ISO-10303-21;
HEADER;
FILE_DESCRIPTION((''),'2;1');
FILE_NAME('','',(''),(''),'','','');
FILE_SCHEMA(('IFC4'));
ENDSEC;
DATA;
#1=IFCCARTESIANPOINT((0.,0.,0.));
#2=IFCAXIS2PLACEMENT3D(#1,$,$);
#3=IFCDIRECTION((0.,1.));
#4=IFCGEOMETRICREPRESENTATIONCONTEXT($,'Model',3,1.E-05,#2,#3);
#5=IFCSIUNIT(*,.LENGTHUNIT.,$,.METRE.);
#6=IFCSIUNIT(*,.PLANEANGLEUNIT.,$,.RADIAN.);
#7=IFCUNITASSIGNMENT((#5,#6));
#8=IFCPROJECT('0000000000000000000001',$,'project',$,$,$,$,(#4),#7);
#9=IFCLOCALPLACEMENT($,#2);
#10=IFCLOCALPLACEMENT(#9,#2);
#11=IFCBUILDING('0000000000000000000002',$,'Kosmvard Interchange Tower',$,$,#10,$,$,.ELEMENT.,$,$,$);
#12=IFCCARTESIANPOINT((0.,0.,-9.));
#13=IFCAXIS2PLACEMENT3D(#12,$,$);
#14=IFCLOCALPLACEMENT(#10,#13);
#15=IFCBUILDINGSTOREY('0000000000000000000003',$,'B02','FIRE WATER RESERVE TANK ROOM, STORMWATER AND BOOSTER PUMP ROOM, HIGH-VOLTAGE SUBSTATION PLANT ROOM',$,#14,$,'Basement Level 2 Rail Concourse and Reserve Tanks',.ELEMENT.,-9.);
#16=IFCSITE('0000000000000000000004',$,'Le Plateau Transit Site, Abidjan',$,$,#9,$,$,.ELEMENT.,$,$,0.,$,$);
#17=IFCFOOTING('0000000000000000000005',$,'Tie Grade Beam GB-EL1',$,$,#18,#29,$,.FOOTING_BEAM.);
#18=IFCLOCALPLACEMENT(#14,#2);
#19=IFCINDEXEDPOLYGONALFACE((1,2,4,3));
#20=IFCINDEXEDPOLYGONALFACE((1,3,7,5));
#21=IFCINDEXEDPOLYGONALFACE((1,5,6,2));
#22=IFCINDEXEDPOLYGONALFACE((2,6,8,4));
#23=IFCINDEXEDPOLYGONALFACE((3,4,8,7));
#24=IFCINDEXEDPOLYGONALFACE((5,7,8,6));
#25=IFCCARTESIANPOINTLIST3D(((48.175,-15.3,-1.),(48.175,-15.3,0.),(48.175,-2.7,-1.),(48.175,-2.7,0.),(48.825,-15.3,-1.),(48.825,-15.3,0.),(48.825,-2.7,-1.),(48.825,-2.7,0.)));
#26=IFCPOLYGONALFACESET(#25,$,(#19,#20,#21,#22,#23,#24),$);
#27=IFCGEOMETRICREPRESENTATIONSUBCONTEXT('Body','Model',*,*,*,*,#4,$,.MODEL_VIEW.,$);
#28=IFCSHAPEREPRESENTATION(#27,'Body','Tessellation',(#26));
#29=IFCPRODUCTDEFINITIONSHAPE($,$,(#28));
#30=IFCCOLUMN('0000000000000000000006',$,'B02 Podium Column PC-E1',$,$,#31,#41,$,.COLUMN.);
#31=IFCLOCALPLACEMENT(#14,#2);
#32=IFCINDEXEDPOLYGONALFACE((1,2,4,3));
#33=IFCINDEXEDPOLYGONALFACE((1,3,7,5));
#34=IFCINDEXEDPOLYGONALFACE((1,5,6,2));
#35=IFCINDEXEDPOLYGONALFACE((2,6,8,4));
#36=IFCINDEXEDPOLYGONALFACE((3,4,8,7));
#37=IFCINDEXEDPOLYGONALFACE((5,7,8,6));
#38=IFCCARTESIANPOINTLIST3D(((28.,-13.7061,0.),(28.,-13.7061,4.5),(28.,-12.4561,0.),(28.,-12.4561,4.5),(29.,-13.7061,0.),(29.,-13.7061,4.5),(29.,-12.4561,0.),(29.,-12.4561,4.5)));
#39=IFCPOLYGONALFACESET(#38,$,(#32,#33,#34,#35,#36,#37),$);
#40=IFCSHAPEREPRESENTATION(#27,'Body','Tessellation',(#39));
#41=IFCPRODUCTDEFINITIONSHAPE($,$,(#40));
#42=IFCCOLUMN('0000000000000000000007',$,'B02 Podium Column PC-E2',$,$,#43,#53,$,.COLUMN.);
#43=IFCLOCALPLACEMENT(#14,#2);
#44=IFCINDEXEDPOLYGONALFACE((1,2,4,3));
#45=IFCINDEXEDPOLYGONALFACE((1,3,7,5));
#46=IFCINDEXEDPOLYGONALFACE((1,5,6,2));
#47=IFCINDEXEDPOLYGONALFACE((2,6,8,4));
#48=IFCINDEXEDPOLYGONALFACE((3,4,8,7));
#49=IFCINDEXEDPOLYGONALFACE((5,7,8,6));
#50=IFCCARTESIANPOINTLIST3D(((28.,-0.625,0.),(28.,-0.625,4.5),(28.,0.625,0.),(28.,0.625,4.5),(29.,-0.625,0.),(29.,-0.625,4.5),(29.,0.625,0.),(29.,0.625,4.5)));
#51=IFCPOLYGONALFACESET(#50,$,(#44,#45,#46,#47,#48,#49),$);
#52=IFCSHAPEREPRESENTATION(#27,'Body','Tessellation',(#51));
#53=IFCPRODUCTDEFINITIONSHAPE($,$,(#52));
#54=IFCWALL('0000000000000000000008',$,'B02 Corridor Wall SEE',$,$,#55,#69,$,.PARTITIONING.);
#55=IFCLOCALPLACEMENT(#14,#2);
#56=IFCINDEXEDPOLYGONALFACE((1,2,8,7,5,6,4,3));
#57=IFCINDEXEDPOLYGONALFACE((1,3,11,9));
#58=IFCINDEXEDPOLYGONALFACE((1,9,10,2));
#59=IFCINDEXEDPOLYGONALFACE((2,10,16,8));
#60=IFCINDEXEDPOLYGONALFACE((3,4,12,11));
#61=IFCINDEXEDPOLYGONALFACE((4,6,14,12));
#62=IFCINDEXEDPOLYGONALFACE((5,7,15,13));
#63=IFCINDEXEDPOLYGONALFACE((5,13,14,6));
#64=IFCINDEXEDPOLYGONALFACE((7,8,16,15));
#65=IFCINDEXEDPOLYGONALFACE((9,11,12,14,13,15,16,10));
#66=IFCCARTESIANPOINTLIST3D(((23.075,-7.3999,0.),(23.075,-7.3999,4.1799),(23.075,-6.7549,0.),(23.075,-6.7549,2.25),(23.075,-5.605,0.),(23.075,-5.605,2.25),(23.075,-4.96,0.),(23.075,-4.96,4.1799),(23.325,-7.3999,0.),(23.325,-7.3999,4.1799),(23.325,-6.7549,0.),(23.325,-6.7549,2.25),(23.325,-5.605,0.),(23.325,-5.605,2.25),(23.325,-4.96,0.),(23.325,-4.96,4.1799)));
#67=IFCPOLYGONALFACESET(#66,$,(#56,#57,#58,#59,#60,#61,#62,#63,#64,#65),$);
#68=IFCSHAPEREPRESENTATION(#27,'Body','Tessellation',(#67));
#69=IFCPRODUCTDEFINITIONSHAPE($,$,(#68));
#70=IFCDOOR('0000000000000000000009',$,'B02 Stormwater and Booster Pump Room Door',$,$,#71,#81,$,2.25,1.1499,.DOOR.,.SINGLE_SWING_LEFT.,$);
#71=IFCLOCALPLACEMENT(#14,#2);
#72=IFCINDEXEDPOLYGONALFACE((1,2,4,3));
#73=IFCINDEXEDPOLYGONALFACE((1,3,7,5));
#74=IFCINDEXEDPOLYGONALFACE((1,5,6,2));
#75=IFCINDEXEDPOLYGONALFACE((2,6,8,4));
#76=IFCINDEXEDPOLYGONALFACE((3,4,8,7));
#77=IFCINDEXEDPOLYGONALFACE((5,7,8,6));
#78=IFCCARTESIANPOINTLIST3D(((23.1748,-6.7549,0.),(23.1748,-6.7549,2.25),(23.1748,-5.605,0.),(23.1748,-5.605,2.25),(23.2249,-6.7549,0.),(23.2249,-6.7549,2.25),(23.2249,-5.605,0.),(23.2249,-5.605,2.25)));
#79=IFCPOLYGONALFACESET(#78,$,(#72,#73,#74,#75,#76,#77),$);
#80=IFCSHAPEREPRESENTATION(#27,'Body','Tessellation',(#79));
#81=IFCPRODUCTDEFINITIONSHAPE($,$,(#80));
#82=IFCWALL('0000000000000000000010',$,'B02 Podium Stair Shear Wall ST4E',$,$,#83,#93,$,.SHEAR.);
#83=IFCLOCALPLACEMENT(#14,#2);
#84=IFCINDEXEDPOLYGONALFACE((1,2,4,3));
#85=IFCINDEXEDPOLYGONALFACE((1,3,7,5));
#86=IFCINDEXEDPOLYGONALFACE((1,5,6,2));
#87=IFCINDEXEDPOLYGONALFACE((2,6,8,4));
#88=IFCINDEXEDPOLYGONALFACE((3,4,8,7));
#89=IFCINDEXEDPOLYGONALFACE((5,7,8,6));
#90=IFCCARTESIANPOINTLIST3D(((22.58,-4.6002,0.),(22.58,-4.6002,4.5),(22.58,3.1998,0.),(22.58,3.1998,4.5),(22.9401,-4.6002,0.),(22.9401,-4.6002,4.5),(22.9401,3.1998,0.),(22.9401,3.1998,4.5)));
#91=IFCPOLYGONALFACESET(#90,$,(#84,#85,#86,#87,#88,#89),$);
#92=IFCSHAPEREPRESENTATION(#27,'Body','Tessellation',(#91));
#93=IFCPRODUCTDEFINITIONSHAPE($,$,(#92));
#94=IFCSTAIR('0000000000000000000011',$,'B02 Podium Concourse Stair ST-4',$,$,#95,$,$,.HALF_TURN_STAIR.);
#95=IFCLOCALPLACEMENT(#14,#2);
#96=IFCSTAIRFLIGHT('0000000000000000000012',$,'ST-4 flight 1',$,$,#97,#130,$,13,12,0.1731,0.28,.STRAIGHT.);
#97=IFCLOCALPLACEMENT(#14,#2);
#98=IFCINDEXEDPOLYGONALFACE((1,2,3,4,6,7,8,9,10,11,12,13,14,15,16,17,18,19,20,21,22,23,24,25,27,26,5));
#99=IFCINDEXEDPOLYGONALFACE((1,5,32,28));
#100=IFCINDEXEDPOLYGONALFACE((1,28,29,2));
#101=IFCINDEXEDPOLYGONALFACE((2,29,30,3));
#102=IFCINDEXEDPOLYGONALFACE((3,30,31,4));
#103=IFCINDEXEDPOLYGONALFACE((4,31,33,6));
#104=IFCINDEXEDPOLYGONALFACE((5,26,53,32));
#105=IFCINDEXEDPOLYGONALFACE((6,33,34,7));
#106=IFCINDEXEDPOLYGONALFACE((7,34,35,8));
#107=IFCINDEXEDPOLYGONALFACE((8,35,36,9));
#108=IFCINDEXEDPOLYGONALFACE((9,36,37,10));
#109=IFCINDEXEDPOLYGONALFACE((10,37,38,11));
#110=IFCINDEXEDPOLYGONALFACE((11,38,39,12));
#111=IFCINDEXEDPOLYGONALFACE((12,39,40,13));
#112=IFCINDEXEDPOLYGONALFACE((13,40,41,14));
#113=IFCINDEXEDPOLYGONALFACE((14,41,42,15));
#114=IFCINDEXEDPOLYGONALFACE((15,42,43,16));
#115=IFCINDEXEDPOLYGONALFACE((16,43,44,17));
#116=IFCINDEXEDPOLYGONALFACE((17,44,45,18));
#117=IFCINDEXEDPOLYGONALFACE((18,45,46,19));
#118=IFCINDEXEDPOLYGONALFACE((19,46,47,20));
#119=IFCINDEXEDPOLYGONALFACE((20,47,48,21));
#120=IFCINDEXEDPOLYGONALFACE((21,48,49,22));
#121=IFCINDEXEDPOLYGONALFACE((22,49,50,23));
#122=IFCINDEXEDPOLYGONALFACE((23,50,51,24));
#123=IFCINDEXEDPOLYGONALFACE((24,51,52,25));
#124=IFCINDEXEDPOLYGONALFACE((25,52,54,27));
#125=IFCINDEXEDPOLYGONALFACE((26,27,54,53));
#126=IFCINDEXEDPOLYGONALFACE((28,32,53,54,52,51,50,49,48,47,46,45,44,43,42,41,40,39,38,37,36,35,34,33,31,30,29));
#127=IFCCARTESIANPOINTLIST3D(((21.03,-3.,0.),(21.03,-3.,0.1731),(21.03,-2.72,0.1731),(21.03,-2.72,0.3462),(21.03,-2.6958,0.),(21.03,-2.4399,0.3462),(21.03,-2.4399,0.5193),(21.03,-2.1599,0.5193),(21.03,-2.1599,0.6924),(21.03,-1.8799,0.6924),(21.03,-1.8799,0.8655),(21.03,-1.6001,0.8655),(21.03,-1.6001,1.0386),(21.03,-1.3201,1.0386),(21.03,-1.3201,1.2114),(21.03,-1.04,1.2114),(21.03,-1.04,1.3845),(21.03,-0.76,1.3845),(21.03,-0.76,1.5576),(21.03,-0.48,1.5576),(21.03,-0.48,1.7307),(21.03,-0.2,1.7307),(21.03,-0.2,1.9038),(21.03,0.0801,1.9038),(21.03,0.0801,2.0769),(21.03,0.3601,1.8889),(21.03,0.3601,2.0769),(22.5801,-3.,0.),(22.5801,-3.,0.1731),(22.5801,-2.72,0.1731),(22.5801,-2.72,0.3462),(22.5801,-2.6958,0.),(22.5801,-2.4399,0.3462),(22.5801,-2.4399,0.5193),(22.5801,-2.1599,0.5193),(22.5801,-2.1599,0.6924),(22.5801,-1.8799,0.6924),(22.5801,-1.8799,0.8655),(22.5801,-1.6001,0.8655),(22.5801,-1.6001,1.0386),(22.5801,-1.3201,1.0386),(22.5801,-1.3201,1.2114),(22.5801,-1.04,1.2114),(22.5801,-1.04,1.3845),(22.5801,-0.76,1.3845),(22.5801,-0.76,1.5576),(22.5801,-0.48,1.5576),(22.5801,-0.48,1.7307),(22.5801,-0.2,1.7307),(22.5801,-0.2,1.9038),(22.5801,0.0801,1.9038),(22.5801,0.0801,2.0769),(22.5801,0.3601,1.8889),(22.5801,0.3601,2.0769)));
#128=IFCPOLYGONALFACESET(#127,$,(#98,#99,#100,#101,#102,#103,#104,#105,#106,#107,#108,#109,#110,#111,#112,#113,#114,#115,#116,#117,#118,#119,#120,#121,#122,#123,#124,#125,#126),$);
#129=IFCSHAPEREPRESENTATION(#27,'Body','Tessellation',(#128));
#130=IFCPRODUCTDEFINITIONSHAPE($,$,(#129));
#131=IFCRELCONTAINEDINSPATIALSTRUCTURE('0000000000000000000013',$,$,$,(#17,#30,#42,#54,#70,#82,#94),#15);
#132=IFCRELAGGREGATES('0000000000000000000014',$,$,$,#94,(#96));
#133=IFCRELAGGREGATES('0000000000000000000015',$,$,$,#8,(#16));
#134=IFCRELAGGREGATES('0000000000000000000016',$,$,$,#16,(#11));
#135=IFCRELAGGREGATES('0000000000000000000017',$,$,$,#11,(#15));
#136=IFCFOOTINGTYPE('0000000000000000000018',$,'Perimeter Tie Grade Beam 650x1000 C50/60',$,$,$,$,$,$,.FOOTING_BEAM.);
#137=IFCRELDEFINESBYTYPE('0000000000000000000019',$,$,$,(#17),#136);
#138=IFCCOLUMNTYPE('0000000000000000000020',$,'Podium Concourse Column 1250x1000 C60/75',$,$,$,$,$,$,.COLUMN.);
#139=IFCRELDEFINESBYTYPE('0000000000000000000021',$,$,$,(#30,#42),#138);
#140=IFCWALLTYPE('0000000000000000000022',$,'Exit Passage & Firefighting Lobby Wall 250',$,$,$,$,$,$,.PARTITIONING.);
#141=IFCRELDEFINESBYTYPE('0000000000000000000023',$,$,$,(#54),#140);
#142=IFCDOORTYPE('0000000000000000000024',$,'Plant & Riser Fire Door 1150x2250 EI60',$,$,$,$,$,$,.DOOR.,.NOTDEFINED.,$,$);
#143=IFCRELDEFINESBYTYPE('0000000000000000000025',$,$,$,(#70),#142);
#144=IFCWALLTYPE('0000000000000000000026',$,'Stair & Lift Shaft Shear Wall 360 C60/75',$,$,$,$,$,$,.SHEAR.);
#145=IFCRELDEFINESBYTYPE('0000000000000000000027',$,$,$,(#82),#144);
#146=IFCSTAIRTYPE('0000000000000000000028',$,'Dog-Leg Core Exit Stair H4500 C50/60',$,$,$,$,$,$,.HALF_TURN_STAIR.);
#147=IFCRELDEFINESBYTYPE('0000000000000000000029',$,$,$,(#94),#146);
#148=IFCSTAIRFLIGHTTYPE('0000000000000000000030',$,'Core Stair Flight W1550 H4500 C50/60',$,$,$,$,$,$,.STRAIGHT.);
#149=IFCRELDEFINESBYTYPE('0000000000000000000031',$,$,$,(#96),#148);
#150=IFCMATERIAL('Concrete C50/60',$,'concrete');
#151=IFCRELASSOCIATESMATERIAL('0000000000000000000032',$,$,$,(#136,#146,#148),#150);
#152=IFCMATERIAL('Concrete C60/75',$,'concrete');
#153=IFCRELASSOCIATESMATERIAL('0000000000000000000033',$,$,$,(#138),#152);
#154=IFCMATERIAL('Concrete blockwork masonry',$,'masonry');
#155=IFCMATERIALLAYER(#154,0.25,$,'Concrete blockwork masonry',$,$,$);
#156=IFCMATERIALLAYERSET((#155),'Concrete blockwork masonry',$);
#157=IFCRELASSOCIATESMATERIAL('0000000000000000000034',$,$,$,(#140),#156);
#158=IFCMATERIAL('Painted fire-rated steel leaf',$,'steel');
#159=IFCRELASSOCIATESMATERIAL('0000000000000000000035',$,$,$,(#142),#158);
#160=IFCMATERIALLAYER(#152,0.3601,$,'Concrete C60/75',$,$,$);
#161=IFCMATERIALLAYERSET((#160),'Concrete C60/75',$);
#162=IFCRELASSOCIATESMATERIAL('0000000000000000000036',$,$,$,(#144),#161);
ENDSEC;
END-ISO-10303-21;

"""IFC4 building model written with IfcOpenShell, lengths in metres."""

from ifc_helpers import new_model, si_unit, direction, frame, frame_2d, origin, origin_2d, place, context, subcontext, project, spatial, polyline, rectangle, outline, extrude, source, transform, mapped, material, layer, layer_set, material_profile, profile_set, type_object, element, fill, aggregate, save


model = new_model("IFC4")

# Units and contexts
model_context = context("Model", 3, precision=1e-05, world=origin(), true_north=direction((0.0, 1.0)))
body_context = subcontext(model_context, "Body", "Model", "MODEL_VIEW")
ifc_project = project(units=[si_unit("LENGTHUNIT", "METRE"), si_unit("PLANEANGLEUNIT", "RADIAN")], contexts=[model_context])

# Site, building, storey
site_placement = place(None, origin())
site = spatial("IfcSite", under=ifc_project, at=site_placement, Name="Le Plateau Transit Site, Abidjan", CompositionType="ELEMENT", RefElevation=0.0)
building_placement = place(site_placement, origin())
building = spatial("IfcBuilding", under=site, at=building_placement, Name="Kosmvard Interchange Tower", CompositionType="ELEMENT")
storey_placement = place(building_placement, frame((0.0, 0.0, -9.0)))
storey = spatial("IfcBuildingStorey", under=building, at=storey_placement, Name="B02", Description="FIRE WATER RESERVE TANK ROOM, STORMWATER AND BOOSTER PUMP ROOM, HIGH-VOLTAGE SUBSTATION PLANT ROOM", LongName="Basement Level 2 Rail Concourse and Reserve Tanks", CompositionType="ELEMENT", Elevation=-9.0)

# Shared definitions
ifc_material_1 = material(Name="Concrete C50/60", Category="concrete")

# Footing
ifc_material_profile_1 = material_profile(ifc_material_1, rectangle(XDim=0.6499, YDim=1.0, at=origin_2d()), Name="GB 650x1000")
ifc_profile_set_1 = profile_set([ifc_material_profile_1], Name="Concrete C50/60")
footing_type = type_object("IfcFootingType", Name="Perimeter Tie Grade Beam 650x1000 C50/60", PredefinedType="FOOTING_BEAM", material=ifc_profile_set_1)
shared_shape_1 = source(origin(), body_context, "Body", "SweptSolid", [
    extrude(rectangle(XDim=0.6499, YDim=12.6001, at=origin_2d()), origin(), (0.0, 0.0, 1.0), 1.0),
])
footing_placement = place(storey_placement, frame((48.5, -9.0, -1.0), z_axis=(0.0, 0.0, 1.0), x_axis=(1.0, 0.0, 0.0)))
element("IfcFooting", 1, at=footing_placement, inside=storey, type_object=footing_type, Name="Tie Grade Beam GB-EL1", PredefinedType="FOOTING_BEAM", context=body_context, shape_type="MappedRepresentation", body=[
    mapped(shared_shape_1, transform((0.0, 0.0, 0.0), scale=1.0)),
])

# Columns
ifc_material_2 = material(Name="Concrete C60/75", Category="concrete")
ifc_material_profile_2 = material_profile(ifc_material_2, rectangle(XDim=1.0, YDim=1.25, at=origin_2d()), Name="PC 1250x1000")
ifc_profile_set_2 = profile_set([ifc_material_profile_2], Name="Concrete C60/75")
column_type = type_object("IfcColumnType", Name="Podium Concourse Column 1250x1000 C60/75", PredefinedType="COLUMN", material=ifc_profile_set_2)
shared_shape_2 = source(origin(), body_context, "Body", "SweptSolid", [
    extrude(rectangle(XDim=1.0, YDim=1.25, at=origin_2d()), origin(), (0.0, 0.0, 1.0), 4.5),
])
for number, where, z_axis, x_axis, name in (
    (2, (28.5, -13.0811, 0.0), (0.0, 0.0, 1.0), (1.0, 0.0, 0.0), "B02 Podium Column PC-E1"),
    (3, (28.5, 0.0, 0.0), (0.0, 0.0, 1.0), (1.0, 0.0, 0.0), "B02 Podium Column PC-E2"),
):
    element("IfcColumn", number, at=place(storey_placement, frame(where, z_axis=z_axis, x_axis=x_axis)), inside=storey, type_object=column_type, Name=name, PredefinedType="COLUMN", context=body_context, shape_type="MappedRepresentation", body=[
        mapped(shared_shape_2, transform((0.0, 0.0, 0.0), scale=1.0)),
    ])

# Wall, opening, door
ifc_material_3 = material(Name="Concrete blockwork masonry", Category="masonry")
ifc_layer_1 = layer(ifc_material_3, 0.25, Name="Concrete blockwork masonry")
ifc_layer_set_1 = layer_set([ifc_layer_1], Name="Concrete blockwork masonry")
wall_type_1 = type_object("IfcWallType", Name="Exit Passage & Firefighting Lobby Wall 250", PredefinedType="PARTITIONING", material=ifc_layer_set_1)
wall_1_placement = place(storey_placement, frame((23.2, -7.3999, 0.0), z_axis=(0.0, 0.0, 1.0), x_axis=(0.0, 1.0, 0.0)))
wall_1 = element("IfcWall", 4, at=wall_1_placement, inside=storey, type_object=wall_type_1, Name="B02 Corridor Wall SEE", PredefinedType="PARTITIONING", context=body_context, shape_type="SweptSolid", body=[
    extrude(rectangle(XDim=2.4399, YDim=0.25, at=frame_2d((1.22, 0.0))), origin(), (0.0, 0.0, 1.0), 4.1799),
])
opening_placement = place(wall_1_placement, frame((0.645, 0.0, 0.0)))
opening = element("IfcOpeningElement", 5, at=opening_placement, cuts=wall_1, PredefinedType="OPENING", context=body_context, shape_type="SweptSolid", body=[
    extrude(rectangle(XDim=1.1499, YDim=2.25, at=frame_2d((0.575, 1.125))), frame((0.0, 0.135, 0.0), z_axis=(0.0, -1.0, 0.0), x_axis=(1.0, 0.0, 0.0)), (0.0, 0.0, 1.0), 0.27),
])
ifc_material_4 = material(Name="Painted fire-rated steel leaf", Category="steel")
door_type = type_object("IfcDoorType", Name="Plant & Riser Fire Door 1150x2250 EI60", OperationType="NOTDEFINED", PredefinedType="DOOR", material=ifc_material_4)
shared_shape_3 = source(origin(), body_context, "Body", "SweptSolid", [
    extrude(rectangle(XDim=1.1499, YDim=2.25, at=frame_2d((0.575, 1.125))), frame((0.0, 0.0249, 0.0), z_axis=(0.0, -1.0, 0.0), x_axis=(1.0, 0.0, 0.0)), (0.0, 0.0, 1.0), 0.05),
])
door_placement = place(opening_placement, frame((1.1499, 0.0, 0.0), z_axis=(0.0, 0.0, 1.0), x_axis=(-1.0, 0.0, 0.0)))
door = element("IfcDoor", 6, at=door_placement, inside=storey, type_object=door_type, Name="B02 Stormwater and Booster Pump Room Door", OperationType="SINGLE_SWING_LEFT", OverallHeight=2.25, OverallWidth=1.1499, PredefinedType="DOOR", context=body_context, shape_type="MappedRepresentation", body=[
    mapped(shared_shape_3, transform((0.0, 0.0, 0.0), scale=1.0)),
])
fill(opening, door)

# Wall
ifc_layer_2 = layer(ifc_material_2, 0.3601, Name="Concrete C60/75")
ifc_layer_set_2 = layer_set([ifc_layer_2], Name="Concrete C60/75")
wall_type_2 = type_object("IfcWallType", Name="Stair & Lift Shaft Shear Wall 360 C60/75", PredefinedType="SHEAR", material=ifc_layer_set_2)
wall_2_placement = place(storey_placement, frame((22.76, -4.6001, 0.0), z_axis=(0.0, 0.0, 1.0), x_axis=(0.0, 1.0, 0.0)))
element("IfcWall", 7, at=wall_2_placement, inside=storey, type_object=wall_type_2, Name="B02 Podium Stair Shear Wall ST4E", PredefinedType="SHEAR", context=body_context, shape_type="SweptSolid", body=[
    extrude(rectangle(XDim=7.8, YDim=0.3601, at=frame_2d((3.8999, 0.0))), origin(), (0.0, 0.0, 1.0), 4.5),
])

# Stair, stair flight
stair_type = type_object("IfcStairType", Name="Dog-Leg Core Exit Stair H4500 C50/60", PredefinedType="HALF_TURN_STAIR", material=ifc_material_1)
stair_placement = place(storey_placement, origin())
stair = element("IfcStair", 8, at=stair_placement, inside=storey, type_object=stair_type, Name="B02 Podium Concourse Stair ST-4", PredefinedType="HALF_TURN_STAIR")
stair_flight_type = type_object("IfcStairFlightType", Name="Core Stair Flight W1550 H4500 C50/60", PredefinedType="STRAIGHT", material=ifc_material_1)
shared_shape_4 = source(origin(), body_context, "Body", "SweptSolid", [
    extrude(outline(polyline([(0.0, 0.0), (0.0, 0.1731), (0.28, 0.1731), (0.28, 0.3462), (0.5601, 0.3462), (0.5601, 0.5193), (0.8401, 0.5193), (0.8401, 0.6924), (1.1201, 0.6924), (1.1201, 0.8655), (1.3999, 0.8655), (1.3999, 1.0386), (1.6799, 1.0386), (1.6799, 1.2114), (1.96, 1.2114), (1.96, 1.3845), (2.24, 1.3845), (2.24, 1.5576), (2.52, 1.5576), (2.52, 1.7307), (2.8, 1.7307), (2.8, 1.9038), (3.0801, 1.9038), (3.0801, 2.0769), (3.3601, 2.0769), (3.3601, 2.25), (3.3601, 1.8889), (0.3042, 0.0), (0.0, 0.0)])), frame((0.0, 0.7749, 0.0), z_axis=(0.0, -1.0, 0.0), x_axis=(1.0, 0.0, 0.0)), (0.0, 0.0, 1.0), 1.55),
])
stair_flight_placement = place(storey_placement, frame((21.8049, -3.0, 0.0), z_axis=(0.0, 0.0, 1.0), x_axis=(0.0, 1.0, 0.0)))
stair_flight = element("IfcStairFlight", 9, at=stair_flight_placement, type_object=stair_flight_type, Name="ST-4 flight 1", NumberOfRisers=13, NumberOfTreads=12, PredefinedType="STRAIGHT", RiserHeight=0.1731, TreadLength=0.28, context=body_context, shape_type="MappedRepresentation", body=[
    mapped(shared_shape_4, transform((0.0, 0.0, 0.0), scale=1.0)),
])
aggregate(stair, [stair_flight])

save(model, "model.ifc")
